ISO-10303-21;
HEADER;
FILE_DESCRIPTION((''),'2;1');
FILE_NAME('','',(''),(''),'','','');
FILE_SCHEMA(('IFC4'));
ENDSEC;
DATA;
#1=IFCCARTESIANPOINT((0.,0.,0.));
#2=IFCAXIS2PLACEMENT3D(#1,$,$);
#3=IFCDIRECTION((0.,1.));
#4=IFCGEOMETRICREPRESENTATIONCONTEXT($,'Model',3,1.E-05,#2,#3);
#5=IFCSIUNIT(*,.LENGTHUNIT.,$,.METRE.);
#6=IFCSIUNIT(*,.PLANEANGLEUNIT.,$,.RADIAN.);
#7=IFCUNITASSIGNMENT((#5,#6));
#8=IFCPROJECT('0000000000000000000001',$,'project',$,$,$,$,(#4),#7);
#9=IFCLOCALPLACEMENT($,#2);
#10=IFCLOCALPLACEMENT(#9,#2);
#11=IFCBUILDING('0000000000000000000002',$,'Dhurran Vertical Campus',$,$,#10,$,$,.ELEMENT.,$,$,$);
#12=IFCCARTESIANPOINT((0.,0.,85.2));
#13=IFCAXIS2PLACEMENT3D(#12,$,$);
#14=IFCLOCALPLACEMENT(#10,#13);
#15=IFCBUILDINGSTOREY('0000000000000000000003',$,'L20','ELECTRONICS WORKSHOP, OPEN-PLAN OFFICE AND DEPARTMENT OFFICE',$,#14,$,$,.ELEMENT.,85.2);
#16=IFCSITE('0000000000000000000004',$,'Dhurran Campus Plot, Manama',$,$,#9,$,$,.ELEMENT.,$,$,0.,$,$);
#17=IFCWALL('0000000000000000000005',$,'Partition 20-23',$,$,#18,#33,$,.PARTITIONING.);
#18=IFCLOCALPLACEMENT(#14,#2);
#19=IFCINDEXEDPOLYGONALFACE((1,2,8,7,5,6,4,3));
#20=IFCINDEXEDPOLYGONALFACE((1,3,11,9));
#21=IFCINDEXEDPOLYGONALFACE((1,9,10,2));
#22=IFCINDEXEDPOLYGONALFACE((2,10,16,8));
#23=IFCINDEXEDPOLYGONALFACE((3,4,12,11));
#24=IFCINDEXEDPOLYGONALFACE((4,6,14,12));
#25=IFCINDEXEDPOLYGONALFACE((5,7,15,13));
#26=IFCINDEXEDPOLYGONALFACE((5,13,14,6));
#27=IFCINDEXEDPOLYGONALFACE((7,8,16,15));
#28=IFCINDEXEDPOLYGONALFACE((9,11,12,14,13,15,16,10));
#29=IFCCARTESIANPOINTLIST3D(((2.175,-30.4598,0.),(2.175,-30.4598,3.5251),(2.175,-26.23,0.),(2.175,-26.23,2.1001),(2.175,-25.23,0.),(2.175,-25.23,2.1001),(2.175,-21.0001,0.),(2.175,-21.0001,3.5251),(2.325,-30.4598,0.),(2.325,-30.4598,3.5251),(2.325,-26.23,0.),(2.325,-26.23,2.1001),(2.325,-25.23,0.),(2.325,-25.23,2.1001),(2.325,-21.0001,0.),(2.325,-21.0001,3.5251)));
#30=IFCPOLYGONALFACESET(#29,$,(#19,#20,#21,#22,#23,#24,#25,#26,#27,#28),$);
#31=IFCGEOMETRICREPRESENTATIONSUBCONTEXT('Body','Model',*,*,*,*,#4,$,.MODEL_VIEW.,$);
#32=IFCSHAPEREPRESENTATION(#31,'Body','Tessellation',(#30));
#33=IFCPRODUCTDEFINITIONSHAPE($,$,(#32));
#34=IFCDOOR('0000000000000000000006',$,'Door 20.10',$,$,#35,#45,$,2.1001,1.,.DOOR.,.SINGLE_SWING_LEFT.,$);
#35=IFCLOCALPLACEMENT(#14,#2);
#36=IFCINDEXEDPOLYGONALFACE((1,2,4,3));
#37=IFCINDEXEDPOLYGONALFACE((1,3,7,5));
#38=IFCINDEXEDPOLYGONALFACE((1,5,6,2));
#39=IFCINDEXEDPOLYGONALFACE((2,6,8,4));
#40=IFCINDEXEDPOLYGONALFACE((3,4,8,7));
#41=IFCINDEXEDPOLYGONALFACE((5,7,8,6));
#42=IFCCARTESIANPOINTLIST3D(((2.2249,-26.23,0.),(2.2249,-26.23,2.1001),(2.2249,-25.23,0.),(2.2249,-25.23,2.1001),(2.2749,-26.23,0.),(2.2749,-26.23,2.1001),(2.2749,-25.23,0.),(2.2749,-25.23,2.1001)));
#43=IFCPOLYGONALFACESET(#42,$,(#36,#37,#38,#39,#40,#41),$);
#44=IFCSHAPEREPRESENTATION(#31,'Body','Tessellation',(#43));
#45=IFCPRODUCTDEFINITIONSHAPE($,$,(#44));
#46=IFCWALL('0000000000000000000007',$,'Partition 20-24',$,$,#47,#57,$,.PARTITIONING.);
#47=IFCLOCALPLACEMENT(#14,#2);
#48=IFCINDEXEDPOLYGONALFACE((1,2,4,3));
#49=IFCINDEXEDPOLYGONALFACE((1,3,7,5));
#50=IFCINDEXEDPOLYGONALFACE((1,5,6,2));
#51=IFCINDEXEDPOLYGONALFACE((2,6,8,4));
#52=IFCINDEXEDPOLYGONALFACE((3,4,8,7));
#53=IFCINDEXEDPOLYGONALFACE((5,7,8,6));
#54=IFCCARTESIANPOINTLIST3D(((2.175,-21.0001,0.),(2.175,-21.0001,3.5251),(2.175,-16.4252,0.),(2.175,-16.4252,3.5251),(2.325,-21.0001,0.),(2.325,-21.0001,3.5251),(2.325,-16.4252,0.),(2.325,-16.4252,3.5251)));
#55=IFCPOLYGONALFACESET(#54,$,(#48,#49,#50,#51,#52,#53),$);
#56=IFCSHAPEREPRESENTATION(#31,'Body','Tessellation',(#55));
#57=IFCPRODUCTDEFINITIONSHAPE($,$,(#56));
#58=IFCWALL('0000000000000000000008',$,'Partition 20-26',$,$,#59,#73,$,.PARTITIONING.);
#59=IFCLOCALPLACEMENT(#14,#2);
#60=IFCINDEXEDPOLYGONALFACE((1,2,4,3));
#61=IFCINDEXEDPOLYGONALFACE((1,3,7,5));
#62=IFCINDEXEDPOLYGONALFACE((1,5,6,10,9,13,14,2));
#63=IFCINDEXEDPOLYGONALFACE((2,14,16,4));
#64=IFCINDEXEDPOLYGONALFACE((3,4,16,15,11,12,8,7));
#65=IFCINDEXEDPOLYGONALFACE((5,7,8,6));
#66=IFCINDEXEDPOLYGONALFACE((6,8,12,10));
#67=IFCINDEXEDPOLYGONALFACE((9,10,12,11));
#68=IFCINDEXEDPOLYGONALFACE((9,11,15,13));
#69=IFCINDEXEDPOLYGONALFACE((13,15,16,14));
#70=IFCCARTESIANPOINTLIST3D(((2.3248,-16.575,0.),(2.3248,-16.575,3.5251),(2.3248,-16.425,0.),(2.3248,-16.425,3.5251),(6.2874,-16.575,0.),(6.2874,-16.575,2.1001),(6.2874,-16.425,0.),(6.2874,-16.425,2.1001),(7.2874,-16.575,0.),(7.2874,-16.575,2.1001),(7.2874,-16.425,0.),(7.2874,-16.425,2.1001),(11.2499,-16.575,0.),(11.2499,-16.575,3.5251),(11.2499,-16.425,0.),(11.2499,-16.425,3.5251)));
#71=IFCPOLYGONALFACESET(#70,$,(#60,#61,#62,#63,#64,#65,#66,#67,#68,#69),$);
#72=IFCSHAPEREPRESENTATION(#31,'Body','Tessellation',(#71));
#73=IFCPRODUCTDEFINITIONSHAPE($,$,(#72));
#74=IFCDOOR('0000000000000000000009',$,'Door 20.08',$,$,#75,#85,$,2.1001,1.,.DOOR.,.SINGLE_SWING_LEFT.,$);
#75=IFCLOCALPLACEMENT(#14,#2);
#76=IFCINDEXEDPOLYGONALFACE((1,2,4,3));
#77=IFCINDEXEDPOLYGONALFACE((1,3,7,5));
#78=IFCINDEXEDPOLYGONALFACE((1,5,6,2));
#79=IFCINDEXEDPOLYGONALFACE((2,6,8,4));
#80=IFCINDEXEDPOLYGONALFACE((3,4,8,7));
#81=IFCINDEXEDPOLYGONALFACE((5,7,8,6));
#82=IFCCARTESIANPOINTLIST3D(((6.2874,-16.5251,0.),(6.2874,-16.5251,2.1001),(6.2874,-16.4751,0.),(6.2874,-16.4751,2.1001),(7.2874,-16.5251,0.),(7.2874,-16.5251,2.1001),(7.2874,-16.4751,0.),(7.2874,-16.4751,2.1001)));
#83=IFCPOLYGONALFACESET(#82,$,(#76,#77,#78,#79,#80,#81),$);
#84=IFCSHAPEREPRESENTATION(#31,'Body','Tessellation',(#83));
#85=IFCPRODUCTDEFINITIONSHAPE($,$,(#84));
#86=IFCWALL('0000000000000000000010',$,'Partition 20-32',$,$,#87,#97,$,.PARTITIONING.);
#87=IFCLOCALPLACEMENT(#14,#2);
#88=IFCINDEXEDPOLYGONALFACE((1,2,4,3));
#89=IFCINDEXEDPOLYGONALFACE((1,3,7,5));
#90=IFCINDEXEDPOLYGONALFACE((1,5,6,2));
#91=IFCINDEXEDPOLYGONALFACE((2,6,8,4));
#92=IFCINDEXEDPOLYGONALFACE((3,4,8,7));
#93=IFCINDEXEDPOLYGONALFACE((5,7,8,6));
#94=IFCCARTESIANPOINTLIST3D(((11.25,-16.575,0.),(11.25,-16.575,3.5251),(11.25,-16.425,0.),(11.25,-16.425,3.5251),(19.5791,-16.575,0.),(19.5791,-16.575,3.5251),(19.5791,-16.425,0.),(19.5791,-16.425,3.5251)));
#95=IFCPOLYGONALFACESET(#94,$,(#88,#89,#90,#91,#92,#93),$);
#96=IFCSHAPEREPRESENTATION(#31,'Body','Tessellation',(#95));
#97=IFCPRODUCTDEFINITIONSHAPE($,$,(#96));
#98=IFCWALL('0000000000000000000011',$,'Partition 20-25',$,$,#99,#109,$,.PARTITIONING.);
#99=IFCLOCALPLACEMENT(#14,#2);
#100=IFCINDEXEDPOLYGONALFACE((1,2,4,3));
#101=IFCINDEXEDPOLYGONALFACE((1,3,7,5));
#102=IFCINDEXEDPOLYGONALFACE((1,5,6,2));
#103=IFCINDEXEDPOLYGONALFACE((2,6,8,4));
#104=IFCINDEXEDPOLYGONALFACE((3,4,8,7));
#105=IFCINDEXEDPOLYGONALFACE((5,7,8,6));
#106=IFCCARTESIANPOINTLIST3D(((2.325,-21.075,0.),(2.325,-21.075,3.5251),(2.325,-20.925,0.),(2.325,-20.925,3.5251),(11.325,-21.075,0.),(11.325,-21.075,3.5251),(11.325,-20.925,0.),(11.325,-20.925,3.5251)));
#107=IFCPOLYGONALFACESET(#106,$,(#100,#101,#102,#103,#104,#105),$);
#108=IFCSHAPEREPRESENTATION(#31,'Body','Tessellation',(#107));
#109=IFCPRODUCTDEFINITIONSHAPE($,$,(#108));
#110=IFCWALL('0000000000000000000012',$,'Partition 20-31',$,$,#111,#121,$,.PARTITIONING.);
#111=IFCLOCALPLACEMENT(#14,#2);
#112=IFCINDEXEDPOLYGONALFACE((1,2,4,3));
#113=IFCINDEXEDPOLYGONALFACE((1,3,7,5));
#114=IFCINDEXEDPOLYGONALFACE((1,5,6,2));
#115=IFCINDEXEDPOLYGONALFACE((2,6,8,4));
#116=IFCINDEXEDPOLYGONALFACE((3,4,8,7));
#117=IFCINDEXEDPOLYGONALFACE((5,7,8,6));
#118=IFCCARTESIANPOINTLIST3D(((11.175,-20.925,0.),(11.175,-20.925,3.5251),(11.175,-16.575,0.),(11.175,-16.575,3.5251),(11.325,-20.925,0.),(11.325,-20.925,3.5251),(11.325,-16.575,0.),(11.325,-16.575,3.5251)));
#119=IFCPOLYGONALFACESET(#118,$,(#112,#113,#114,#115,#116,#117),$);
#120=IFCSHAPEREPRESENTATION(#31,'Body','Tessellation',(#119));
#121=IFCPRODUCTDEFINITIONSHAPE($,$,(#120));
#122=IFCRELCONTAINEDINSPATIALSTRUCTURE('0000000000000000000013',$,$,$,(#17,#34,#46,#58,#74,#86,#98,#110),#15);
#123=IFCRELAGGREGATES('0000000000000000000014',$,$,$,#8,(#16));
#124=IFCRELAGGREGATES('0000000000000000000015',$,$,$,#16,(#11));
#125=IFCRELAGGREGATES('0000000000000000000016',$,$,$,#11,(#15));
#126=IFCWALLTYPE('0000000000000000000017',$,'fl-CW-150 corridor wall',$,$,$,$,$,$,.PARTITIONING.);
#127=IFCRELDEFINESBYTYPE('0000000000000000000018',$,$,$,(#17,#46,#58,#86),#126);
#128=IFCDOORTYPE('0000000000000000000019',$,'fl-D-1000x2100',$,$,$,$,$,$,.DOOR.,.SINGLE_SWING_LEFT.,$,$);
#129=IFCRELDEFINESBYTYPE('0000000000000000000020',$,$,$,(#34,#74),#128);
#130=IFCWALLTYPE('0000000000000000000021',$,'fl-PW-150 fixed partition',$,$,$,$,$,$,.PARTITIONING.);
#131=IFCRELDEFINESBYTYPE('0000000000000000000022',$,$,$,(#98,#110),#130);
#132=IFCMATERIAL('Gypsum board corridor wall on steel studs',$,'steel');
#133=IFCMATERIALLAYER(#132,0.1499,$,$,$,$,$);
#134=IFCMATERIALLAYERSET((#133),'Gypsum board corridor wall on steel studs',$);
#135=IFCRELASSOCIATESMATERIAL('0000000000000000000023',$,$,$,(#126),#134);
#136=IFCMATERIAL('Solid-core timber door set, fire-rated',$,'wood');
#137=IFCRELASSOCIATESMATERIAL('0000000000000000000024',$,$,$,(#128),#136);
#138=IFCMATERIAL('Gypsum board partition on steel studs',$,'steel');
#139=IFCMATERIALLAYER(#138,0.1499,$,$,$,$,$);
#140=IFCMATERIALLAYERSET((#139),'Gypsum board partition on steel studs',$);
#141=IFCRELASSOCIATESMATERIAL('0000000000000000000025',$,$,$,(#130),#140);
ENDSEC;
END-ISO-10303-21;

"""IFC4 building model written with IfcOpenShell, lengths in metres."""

from ifc_helpers import new_model, si_unit, direction, frame, frame_2d, origin, place, context, subcontext, project, spatial, rectangle, extrude, material, layer, layer_set, type_object, element, fill, save


model = new_model("IFC4")

# Units and contexts
model_context = context("Model", 3, precision=1e-05, world=origin(), true_north=direction((0.0, 1.0)))
body_context = subcontext(model_context, "Body", "Model", "MODEL_VIEW")
ifc_project = project(units=[si_unit("LENGTHUNIT", "METRE"), si_unit("PLANEANGLEUNIT", "RADIAN")], contexts=[model_context])

# Site, building, storey
site_placement = place(None, origin())
site = spatial("IfcSite", under=ifc_project, at=site_placement, Name="Dhurran Campus Plot, Manama", CompositionType="ELEMENT", RefElevation=0.0)
building_placement = place(site_placement, origin())
building = spatial("IfcBuilding", under=site, at=building_placement, Name="Dhurran Vertical Campus", CompositionType="ELEMENT")
storey_placement = place(building_placement, frame((0.0, 0.0, 85.2)))
storey = spatial("IfcBuildingStorey", under=building, at=storey_placement, Name="L20", Description="ELECTRONICS WORKSHOP, OPEN-PLAN OFFICE AND DEPARTMENT OFFICE", CompositionType="ELEMENT", Elevation=85.2)

# Wall, opening, door
ifc_material_1 = material(Name="Gypsum board corridor wall on steel studs", Category="steel")
ifc_layer_1 = layer(ifc_material_1, 0.1499)
ifc_layer_set_1 = layer_set([ifc_layer_1], Name="Gypsum board corridor wall on steel studs")
wall_type_1 = type_object("IfcWallType", Name="fl-CW-150 corridor wall", PredefinedType="PARTITIONING", material=ifc_layer_set_1)
wall_1_placement = place(storey_placement, frame((2.25, -21.0, 0.0), z_axis=(0.0, 0.0, 1.0), x_axis=(0.0, -1.0, 0.0)))
wall_1 = element("IfcWall", 1, at=wall_1_placement, inside=storey, type_object=wall_type_1, Name="Partition 20-23", PredefinedType="PARTITIONING", context=body_context, shape_type="SweptSolid", body=[
    extrude(rectangle(XDim=9.4597, YDim=0.1499, at=frame_2d((4.73, 0.0))), origin(), (0.0, 0.0, 1.0), 3.5251),
])
opening_1_placement = place(wall_1_placement, frame((4.23, 0.0, 0.0)))
opening_1 = element("IfcOpeningElement", 2, at=opening_1_placement, cuts=wall_1, PredefinedType="OPENING", context=body_context, shape_type="SweptSolid", body=[
    extrude(rectangle(XDim=1.0, YDim=2.1001, at=frame_2d((0.5, 1.05))), frame((0.0, 0.085, 0.0), z_axis=(0.0, -1.0, 0.0), x_axis=(1.0, 0.0, 0.0)), (0.0, 0.0, 1.0), 0.1699),
])
ifc_material_2 = material(Name="Solid-core timber door set, fire-rated", Category="wood")
door_type_1 = type_object("IfcDoorType", Name="fl-D-1000x2100", OperationType="SINGLE_SWING_LEFT", PredefinedType="DOOR", material=ifc_material_2)
door_1_placement = place(opening_1_placement, origin())
door_1 = element("IfcDoor", 3, at=door_1_placement, inside=storey, type_object=door_type_1, Name="Door 20.10", OperationType="SINGLE_SWING_LEFT", OverallHeight=2.1001, OverallWidth=1.0, PredefinedType="DOOR", context=body_context, shape_type="SweptSolid", body=[
    extrude(rectangle(XDim=1.0, YDim=2.1001, at=frame_2d((0.5, 1.05))), frame((0.0, 0.0249, 0.0), z_axis=(0.0, -1.0, 0.0), x_axis=(1.0, 0.0, 0.0)), (0.0, 0.0, 1.0), 0.05),
])
fill(opening_1, door_1)

# Wall
wall_2_placement = place(storey_placement, frame((2.25, -16.425, 0.0), z_axis=(0.0, 0.0, 1.0), x_axis=(0.0, -1.0, 0.0)))
element("IfcWall", 4, at=wall_2_placement, inside=storey, type_object=wall_type_1, Name="Partition 20-24", PredefinedType="PARTITIONING", context=body_context, shape_type="SweptSolid", body=[
    extrude(rectangle(XDim=4.575, YDim=0.1499, at=frame_2d((2.2876, 0.0))), origin(), (0.0, 0.0, 1.0), 3.5251),
])

# Wall, opening, door
wall_3_placement = place(storey_placement, frame((2.325, -16.5, 0.0), z_axis=(0.0, 0.0, 1.0), x_axis=(1.0, 0.0, 0.0)))
wall_3 = element("IfcWall", 5, at=wall_3_placement, inside=storey, type_object=wall_type_1, Name="Partition 20-26", PredefinedType="PARTITIONING", context=body_context, shape_type="SweptSolid", body=[
    extrude(rectangle(XDim=8.925, YDim=0.1499, at=frame_2d((4.4624, 0.0))), origin(), (0.0, 0.0, 1.0), 3.5251),
])
opening_2_placement = place(wall_3_placement, frame((3.9624, 0.0, 0.0)))
opening_2 = element("IfcOpeningElement", 6, at=opening_2_placement, cuts=wall_3, PredefinedType="OPENING", context=body_context, shape_type="SweptSolid", body=[
    extrude(rectangle(XDim=1.0, YDim=2.1001, at=frame_2d((0.5, 1.05))), frame((0.0, 0.085, 0.0), z_axis=(0.0, -1.0, 0.0), x_axis=(1.0, 0.0, 0.0)), (0.0, 0.0, 1.0), 0.1699),
])
door_2_placement = place(opening_2_placement, origin())
door_2 = element("IfcDoor", 7, at=door_2_placement, inside=storey, type_object=door_type_1, Name="Door 20.08", OperationType="SINGLE_SWING_LEFT", OverallHeight=2.1001, OverallWidth=1.0, PredefinedType="DOOR", context=body_context, shape_type="SweptSolid", body=[
    extrude(rectangle(XDim=1.0, YDim=2.1001, at=frame_2d((0.5, 1.05))), frame((0.0, 0.0249, 0.0), z_axis=(0.0, -1.0, 0.0), x_axis=(1.0, 0.0, 0.0)), (0.0, 0.0, 1.0), 0.05),
])
fill(opening_2, door_2)

# Walls
wall_4_placement = place(storey_placement, frame((11.25, -16.5, 0.0), z_axis=(0.0, 0.0, 1.0), x_axis=(1.0, 0.0, 0.0)))
element("IfcWall", 8, at=wall_4_placement, inside=storey, type_object=wall_type_1, Name="Partition 20-32", PredefinedType="PARTITIONING", context=body_context, shape_type="SweptSolid", body=[
    extrude(rectangle(XDim=8.3291, YDim=0.1499, at=frame_2d((4.1646, 0.0))), origin(), (0.0, 0.0, 1.0), 3.5251),
])
ifc_material_3 = material(Name="Gypsum board partition on steel studs", Category="steel")
ifc_layer_2 = layer(ifc_material_3, 0.1499)
ifc_layer_set_2 = layer_set([ifc_layer_2], Name="Gypsum board partition on steel studs")
wall_type_2 = type_object("IfcWallType", Name="fl-PW-150 fixed partition", PredefinedType="PARTITIONING", material=ifc_layer_set_2)
wall_5_placement = place(storey_placement, frame((11.325, -21.0, 0.0), z_axis=(0.0, 0.0, 1.0), x_axis=(-1.0, 0.0, 0.0)))
element("IfcWall", 9, at=wall_5_placement, inside=storey, type_object=wall_type_2, Name="Partition 20-25", PredefinedType="PARTITIONING", context=body_context, shape_type="SweptSolid", body=[
    extrude(rectangle(XDim=9.0, YDim=0.1499, at=frame_2d((4.5, 0.0))), origin(), (0.0, 0.0, 1.0), 3.5251),
])
wall_6_placement = place(storey_placement, frame((11.25, -16.575, 0.0), z_axis=(0.0, 0.0, 1.0), x_axis=(0.0, -1.0, 0.0)))
element("IfcWall", 10, at=wall_6_placement, inside=storey, type_object=wall_type_2, Name="Partition 20-31", PredefinedType="PARTITIONING", context=body_context, shape_type="SweptSolid", body=[
    extrude(rectangle(XDim=4.3501, YDim=0.1499, at=frame_2d((2.175, 0.0))), origin(), (0.0, 0.0, 1.0), 3.5251),
])

save(model, "model.ifc")
